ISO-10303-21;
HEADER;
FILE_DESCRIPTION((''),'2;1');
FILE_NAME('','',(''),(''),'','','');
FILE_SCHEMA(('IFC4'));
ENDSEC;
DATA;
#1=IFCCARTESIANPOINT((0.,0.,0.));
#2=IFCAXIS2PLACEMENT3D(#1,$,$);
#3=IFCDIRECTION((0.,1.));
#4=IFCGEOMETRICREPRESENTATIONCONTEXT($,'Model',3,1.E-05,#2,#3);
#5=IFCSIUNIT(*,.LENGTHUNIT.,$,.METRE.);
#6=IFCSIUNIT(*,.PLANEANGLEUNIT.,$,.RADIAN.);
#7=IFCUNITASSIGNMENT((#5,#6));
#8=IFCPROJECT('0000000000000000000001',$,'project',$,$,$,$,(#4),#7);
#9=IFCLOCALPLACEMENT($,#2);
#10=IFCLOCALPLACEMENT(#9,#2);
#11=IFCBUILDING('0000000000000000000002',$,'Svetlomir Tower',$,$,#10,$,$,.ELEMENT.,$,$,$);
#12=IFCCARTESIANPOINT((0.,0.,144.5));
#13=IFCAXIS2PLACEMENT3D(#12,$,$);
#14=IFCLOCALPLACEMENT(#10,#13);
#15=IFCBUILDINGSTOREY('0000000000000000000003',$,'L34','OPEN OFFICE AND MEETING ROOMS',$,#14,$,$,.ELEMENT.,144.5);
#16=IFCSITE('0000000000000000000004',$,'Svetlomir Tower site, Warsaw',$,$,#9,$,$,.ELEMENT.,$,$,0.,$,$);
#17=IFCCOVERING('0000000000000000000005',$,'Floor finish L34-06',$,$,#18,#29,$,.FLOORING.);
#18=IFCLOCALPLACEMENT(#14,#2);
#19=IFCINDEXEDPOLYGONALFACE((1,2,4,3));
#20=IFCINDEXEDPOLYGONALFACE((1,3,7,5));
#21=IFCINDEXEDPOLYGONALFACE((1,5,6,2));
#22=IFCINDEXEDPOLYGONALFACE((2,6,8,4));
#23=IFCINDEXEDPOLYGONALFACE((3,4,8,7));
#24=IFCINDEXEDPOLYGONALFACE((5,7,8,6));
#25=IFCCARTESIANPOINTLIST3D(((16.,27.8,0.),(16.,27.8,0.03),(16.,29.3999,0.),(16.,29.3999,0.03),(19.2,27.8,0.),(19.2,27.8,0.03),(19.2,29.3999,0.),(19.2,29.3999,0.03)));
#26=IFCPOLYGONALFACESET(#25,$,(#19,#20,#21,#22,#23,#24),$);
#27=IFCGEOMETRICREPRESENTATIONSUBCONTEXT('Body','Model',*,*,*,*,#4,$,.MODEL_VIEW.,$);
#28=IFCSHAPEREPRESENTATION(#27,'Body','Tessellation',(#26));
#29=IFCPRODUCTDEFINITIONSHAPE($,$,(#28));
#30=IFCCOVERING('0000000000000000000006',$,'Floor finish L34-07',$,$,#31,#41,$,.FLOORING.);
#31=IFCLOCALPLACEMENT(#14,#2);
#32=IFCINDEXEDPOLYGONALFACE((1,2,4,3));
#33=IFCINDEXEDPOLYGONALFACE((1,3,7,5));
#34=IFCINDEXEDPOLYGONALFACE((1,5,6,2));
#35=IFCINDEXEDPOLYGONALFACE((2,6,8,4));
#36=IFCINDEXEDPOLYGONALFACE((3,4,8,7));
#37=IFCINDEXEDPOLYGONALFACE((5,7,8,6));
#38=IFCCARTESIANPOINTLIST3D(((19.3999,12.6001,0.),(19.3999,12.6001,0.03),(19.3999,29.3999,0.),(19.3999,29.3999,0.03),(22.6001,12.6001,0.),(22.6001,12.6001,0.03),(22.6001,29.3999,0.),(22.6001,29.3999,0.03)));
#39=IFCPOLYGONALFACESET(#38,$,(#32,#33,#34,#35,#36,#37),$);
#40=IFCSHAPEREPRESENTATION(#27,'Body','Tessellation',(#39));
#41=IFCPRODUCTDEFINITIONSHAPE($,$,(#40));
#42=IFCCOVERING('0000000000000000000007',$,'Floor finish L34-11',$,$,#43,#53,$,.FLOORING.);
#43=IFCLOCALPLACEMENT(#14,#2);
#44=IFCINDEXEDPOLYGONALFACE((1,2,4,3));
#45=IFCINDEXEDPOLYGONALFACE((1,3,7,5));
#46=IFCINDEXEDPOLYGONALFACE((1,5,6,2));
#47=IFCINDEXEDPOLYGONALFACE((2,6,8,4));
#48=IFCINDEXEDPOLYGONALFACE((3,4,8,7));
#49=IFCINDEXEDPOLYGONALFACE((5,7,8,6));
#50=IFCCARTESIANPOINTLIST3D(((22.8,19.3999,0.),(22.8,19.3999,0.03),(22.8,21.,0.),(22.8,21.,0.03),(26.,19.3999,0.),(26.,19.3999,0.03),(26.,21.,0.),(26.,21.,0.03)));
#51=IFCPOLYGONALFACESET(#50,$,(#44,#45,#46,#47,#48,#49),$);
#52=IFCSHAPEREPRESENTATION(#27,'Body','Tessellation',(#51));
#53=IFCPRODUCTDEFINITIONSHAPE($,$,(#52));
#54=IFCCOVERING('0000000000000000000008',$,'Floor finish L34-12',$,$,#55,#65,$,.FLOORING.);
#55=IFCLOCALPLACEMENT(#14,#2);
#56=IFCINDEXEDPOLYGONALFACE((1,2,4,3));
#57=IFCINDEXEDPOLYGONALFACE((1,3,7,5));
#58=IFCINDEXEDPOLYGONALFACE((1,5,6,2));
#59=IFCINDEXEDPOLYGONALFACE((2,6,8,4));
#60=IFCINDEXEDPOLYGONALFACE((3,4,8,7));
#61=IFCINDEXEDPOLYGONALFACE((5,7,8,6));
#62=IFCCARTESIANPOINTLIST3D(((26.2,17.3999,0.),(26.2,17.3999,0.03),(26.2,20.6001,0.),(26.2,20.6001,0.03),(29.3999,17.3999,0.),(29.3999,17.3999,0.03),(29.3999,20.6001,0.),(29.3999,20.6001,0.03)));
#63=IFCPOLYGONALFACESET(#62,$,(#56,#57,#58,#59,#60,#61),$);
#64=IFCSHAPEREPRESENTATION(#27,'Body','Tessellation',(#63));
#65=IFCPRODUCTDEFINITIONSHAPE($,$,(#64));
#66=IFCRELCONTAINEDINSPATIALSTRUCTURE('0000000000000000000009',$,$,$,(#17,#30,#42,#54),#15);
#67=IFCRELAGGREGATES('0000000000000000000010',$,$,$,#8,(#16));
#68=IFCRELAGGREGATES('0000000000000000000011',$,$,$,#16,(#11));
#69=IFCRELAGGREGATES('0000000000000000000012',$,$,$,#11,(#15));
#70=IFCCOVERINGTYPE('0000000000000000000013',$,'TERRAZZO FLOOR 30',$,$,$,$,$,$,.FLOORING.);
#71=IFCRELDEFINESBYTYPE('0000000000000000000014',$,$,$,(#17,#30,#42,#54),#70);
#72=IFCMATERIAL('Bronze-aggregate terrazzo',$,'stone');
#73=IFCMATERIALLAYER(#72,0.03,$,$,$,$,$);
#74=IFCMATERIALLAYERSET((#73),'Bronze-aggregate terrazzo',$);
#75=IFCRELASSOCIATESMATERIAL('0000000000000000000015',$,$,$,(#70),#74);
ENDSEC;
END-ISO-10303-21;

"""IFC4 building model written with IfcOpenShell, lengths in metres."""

from ifc_helpers import new_model, si_unit, direction, frame, origin, place, context, subcontext, project, spatial, polyline, outline, extrude, material, layer, layer_set, type_object, element, save


model = new_model("IFC4")

# Units and contexts
model_context = context("Model", 3, precision=1e-05, world=origin(), true_north=direction((0.0, 1.0)))
body_context = subcontext(model_context, "Body", "Model", "MODEL_VIEW")
ifc_project = project(units=[si_unit("LENGTHUNIT", "METRE"), si_unit("PLANEANGLEUNIT", "RADIAN")], contexts=[model_context])

# Site, building, storey
site_placement = place(None, origin())
site = spatial("IfcSite", under=ifc_project, at=site_placement, Name="Svetlomir Tower site, Warsaw", CompositionType="ELEMENT", RefElevation=0.0)
building_placement = place(site_placement, origin())
building = spatial("IfcBuilding", under=site, at=building_placement, Name="Svetlomir Tower", CompositionType="ELEMENT")
storey_placement = place(building_placement, frame((0.0, 0.0, 144.5)))
storey = spatial("IfcBuildingStorey", under=building, at=storey_placement, Name="L34", Description="OPEN OFFICE AND MEETING ROOMS", CompositionType="ELEMENT", Elevation=144.5)

# Coverings
ifc_material_1 = material(Name="Bronze-aggregate terrazzo", Category="stone")
ifc_layer_1 = layer(ifc_material_1, 0.03)
ifc_layer_set_1 = layer_set([ifc_layer_1], Name="Bronze-aggregate terrazzo")
covering_type_1 = type_object("IfcCoveringType", Name="TERRAZZO FLOOR 30", PredefinedType="FLOORING", material=ifc_layer_set_1)
covering_1_placement = place(storey_placement, origin())
element("IfcCovering", 1, at=covering_1_placement, inside=storey, type_object=covering_type_1, Name="Floor finish L34-06", PredefinedType="FLOORING", context=body_context, shape_type="SweptSolid", body=[
    extrude(outline(polyline([(16.0, 27.8), (19.2, 27.8), (19.2, 29.3999), (16.0, 29.3999), (16.0, 27.8)])), origin(), (0.0, 0.0, 1.0), 0.03),
])
covering_2_placement = place(storey_placement, origin())
element("IfcCovering", 2, at=covering_2_placement, inside=storey, type_object=covering_type_1, Name="Floor finish L34-07", PredefinedType="FLOORING", context=body_context, shape_type="SweptSolid", body=[
    extrude(outline(polyline([(19.3999, 12.6001), (22.6001, 12.6001), (22.6001, 29.3999), (19.3999, 29.3999), (19.3999, 12.6001)])), origin(), (0.0, 0.0, 1.0), 0.03),
])
covering_3_placement = place(storey_placement, origin())
element("IfcCovering", 3, at=covering_3_placement, inside=storey, type_object=covering_type_1, Name="Floor finish L34-11", PredefinedType="FLOORING", context=body_context, shape_type="SweptSolid", body=[
    extrude(outline(polyline([(22.8, 19.3999), (26.0, 19.3999), (26.0, 21.0), (22.8, 21.0), (22.8, 19.3999)])), origin(), (0.0, 0.0, 1.0), 0.03),
])
covering_4_placement = place(storey_placement, origin())
element("IfcCovering", 4, at=covering_4_placement, inside=storey, type_object=covering_type_1, Name="Floor finish L34-12", PredefinedType="FLOORING", context=body_context, shape_type="SweptSolid", body=[
    extrude(outline(polyline([(26.2, 17.3999), (29.3999, 17.3999), (29.3999, 20.6001), (26.2, 20.6001), (26.2, 17.3999)])), origin(), (0.0, 0.0, 1.0), 0.03),
])

save(model, "model.ifc")
